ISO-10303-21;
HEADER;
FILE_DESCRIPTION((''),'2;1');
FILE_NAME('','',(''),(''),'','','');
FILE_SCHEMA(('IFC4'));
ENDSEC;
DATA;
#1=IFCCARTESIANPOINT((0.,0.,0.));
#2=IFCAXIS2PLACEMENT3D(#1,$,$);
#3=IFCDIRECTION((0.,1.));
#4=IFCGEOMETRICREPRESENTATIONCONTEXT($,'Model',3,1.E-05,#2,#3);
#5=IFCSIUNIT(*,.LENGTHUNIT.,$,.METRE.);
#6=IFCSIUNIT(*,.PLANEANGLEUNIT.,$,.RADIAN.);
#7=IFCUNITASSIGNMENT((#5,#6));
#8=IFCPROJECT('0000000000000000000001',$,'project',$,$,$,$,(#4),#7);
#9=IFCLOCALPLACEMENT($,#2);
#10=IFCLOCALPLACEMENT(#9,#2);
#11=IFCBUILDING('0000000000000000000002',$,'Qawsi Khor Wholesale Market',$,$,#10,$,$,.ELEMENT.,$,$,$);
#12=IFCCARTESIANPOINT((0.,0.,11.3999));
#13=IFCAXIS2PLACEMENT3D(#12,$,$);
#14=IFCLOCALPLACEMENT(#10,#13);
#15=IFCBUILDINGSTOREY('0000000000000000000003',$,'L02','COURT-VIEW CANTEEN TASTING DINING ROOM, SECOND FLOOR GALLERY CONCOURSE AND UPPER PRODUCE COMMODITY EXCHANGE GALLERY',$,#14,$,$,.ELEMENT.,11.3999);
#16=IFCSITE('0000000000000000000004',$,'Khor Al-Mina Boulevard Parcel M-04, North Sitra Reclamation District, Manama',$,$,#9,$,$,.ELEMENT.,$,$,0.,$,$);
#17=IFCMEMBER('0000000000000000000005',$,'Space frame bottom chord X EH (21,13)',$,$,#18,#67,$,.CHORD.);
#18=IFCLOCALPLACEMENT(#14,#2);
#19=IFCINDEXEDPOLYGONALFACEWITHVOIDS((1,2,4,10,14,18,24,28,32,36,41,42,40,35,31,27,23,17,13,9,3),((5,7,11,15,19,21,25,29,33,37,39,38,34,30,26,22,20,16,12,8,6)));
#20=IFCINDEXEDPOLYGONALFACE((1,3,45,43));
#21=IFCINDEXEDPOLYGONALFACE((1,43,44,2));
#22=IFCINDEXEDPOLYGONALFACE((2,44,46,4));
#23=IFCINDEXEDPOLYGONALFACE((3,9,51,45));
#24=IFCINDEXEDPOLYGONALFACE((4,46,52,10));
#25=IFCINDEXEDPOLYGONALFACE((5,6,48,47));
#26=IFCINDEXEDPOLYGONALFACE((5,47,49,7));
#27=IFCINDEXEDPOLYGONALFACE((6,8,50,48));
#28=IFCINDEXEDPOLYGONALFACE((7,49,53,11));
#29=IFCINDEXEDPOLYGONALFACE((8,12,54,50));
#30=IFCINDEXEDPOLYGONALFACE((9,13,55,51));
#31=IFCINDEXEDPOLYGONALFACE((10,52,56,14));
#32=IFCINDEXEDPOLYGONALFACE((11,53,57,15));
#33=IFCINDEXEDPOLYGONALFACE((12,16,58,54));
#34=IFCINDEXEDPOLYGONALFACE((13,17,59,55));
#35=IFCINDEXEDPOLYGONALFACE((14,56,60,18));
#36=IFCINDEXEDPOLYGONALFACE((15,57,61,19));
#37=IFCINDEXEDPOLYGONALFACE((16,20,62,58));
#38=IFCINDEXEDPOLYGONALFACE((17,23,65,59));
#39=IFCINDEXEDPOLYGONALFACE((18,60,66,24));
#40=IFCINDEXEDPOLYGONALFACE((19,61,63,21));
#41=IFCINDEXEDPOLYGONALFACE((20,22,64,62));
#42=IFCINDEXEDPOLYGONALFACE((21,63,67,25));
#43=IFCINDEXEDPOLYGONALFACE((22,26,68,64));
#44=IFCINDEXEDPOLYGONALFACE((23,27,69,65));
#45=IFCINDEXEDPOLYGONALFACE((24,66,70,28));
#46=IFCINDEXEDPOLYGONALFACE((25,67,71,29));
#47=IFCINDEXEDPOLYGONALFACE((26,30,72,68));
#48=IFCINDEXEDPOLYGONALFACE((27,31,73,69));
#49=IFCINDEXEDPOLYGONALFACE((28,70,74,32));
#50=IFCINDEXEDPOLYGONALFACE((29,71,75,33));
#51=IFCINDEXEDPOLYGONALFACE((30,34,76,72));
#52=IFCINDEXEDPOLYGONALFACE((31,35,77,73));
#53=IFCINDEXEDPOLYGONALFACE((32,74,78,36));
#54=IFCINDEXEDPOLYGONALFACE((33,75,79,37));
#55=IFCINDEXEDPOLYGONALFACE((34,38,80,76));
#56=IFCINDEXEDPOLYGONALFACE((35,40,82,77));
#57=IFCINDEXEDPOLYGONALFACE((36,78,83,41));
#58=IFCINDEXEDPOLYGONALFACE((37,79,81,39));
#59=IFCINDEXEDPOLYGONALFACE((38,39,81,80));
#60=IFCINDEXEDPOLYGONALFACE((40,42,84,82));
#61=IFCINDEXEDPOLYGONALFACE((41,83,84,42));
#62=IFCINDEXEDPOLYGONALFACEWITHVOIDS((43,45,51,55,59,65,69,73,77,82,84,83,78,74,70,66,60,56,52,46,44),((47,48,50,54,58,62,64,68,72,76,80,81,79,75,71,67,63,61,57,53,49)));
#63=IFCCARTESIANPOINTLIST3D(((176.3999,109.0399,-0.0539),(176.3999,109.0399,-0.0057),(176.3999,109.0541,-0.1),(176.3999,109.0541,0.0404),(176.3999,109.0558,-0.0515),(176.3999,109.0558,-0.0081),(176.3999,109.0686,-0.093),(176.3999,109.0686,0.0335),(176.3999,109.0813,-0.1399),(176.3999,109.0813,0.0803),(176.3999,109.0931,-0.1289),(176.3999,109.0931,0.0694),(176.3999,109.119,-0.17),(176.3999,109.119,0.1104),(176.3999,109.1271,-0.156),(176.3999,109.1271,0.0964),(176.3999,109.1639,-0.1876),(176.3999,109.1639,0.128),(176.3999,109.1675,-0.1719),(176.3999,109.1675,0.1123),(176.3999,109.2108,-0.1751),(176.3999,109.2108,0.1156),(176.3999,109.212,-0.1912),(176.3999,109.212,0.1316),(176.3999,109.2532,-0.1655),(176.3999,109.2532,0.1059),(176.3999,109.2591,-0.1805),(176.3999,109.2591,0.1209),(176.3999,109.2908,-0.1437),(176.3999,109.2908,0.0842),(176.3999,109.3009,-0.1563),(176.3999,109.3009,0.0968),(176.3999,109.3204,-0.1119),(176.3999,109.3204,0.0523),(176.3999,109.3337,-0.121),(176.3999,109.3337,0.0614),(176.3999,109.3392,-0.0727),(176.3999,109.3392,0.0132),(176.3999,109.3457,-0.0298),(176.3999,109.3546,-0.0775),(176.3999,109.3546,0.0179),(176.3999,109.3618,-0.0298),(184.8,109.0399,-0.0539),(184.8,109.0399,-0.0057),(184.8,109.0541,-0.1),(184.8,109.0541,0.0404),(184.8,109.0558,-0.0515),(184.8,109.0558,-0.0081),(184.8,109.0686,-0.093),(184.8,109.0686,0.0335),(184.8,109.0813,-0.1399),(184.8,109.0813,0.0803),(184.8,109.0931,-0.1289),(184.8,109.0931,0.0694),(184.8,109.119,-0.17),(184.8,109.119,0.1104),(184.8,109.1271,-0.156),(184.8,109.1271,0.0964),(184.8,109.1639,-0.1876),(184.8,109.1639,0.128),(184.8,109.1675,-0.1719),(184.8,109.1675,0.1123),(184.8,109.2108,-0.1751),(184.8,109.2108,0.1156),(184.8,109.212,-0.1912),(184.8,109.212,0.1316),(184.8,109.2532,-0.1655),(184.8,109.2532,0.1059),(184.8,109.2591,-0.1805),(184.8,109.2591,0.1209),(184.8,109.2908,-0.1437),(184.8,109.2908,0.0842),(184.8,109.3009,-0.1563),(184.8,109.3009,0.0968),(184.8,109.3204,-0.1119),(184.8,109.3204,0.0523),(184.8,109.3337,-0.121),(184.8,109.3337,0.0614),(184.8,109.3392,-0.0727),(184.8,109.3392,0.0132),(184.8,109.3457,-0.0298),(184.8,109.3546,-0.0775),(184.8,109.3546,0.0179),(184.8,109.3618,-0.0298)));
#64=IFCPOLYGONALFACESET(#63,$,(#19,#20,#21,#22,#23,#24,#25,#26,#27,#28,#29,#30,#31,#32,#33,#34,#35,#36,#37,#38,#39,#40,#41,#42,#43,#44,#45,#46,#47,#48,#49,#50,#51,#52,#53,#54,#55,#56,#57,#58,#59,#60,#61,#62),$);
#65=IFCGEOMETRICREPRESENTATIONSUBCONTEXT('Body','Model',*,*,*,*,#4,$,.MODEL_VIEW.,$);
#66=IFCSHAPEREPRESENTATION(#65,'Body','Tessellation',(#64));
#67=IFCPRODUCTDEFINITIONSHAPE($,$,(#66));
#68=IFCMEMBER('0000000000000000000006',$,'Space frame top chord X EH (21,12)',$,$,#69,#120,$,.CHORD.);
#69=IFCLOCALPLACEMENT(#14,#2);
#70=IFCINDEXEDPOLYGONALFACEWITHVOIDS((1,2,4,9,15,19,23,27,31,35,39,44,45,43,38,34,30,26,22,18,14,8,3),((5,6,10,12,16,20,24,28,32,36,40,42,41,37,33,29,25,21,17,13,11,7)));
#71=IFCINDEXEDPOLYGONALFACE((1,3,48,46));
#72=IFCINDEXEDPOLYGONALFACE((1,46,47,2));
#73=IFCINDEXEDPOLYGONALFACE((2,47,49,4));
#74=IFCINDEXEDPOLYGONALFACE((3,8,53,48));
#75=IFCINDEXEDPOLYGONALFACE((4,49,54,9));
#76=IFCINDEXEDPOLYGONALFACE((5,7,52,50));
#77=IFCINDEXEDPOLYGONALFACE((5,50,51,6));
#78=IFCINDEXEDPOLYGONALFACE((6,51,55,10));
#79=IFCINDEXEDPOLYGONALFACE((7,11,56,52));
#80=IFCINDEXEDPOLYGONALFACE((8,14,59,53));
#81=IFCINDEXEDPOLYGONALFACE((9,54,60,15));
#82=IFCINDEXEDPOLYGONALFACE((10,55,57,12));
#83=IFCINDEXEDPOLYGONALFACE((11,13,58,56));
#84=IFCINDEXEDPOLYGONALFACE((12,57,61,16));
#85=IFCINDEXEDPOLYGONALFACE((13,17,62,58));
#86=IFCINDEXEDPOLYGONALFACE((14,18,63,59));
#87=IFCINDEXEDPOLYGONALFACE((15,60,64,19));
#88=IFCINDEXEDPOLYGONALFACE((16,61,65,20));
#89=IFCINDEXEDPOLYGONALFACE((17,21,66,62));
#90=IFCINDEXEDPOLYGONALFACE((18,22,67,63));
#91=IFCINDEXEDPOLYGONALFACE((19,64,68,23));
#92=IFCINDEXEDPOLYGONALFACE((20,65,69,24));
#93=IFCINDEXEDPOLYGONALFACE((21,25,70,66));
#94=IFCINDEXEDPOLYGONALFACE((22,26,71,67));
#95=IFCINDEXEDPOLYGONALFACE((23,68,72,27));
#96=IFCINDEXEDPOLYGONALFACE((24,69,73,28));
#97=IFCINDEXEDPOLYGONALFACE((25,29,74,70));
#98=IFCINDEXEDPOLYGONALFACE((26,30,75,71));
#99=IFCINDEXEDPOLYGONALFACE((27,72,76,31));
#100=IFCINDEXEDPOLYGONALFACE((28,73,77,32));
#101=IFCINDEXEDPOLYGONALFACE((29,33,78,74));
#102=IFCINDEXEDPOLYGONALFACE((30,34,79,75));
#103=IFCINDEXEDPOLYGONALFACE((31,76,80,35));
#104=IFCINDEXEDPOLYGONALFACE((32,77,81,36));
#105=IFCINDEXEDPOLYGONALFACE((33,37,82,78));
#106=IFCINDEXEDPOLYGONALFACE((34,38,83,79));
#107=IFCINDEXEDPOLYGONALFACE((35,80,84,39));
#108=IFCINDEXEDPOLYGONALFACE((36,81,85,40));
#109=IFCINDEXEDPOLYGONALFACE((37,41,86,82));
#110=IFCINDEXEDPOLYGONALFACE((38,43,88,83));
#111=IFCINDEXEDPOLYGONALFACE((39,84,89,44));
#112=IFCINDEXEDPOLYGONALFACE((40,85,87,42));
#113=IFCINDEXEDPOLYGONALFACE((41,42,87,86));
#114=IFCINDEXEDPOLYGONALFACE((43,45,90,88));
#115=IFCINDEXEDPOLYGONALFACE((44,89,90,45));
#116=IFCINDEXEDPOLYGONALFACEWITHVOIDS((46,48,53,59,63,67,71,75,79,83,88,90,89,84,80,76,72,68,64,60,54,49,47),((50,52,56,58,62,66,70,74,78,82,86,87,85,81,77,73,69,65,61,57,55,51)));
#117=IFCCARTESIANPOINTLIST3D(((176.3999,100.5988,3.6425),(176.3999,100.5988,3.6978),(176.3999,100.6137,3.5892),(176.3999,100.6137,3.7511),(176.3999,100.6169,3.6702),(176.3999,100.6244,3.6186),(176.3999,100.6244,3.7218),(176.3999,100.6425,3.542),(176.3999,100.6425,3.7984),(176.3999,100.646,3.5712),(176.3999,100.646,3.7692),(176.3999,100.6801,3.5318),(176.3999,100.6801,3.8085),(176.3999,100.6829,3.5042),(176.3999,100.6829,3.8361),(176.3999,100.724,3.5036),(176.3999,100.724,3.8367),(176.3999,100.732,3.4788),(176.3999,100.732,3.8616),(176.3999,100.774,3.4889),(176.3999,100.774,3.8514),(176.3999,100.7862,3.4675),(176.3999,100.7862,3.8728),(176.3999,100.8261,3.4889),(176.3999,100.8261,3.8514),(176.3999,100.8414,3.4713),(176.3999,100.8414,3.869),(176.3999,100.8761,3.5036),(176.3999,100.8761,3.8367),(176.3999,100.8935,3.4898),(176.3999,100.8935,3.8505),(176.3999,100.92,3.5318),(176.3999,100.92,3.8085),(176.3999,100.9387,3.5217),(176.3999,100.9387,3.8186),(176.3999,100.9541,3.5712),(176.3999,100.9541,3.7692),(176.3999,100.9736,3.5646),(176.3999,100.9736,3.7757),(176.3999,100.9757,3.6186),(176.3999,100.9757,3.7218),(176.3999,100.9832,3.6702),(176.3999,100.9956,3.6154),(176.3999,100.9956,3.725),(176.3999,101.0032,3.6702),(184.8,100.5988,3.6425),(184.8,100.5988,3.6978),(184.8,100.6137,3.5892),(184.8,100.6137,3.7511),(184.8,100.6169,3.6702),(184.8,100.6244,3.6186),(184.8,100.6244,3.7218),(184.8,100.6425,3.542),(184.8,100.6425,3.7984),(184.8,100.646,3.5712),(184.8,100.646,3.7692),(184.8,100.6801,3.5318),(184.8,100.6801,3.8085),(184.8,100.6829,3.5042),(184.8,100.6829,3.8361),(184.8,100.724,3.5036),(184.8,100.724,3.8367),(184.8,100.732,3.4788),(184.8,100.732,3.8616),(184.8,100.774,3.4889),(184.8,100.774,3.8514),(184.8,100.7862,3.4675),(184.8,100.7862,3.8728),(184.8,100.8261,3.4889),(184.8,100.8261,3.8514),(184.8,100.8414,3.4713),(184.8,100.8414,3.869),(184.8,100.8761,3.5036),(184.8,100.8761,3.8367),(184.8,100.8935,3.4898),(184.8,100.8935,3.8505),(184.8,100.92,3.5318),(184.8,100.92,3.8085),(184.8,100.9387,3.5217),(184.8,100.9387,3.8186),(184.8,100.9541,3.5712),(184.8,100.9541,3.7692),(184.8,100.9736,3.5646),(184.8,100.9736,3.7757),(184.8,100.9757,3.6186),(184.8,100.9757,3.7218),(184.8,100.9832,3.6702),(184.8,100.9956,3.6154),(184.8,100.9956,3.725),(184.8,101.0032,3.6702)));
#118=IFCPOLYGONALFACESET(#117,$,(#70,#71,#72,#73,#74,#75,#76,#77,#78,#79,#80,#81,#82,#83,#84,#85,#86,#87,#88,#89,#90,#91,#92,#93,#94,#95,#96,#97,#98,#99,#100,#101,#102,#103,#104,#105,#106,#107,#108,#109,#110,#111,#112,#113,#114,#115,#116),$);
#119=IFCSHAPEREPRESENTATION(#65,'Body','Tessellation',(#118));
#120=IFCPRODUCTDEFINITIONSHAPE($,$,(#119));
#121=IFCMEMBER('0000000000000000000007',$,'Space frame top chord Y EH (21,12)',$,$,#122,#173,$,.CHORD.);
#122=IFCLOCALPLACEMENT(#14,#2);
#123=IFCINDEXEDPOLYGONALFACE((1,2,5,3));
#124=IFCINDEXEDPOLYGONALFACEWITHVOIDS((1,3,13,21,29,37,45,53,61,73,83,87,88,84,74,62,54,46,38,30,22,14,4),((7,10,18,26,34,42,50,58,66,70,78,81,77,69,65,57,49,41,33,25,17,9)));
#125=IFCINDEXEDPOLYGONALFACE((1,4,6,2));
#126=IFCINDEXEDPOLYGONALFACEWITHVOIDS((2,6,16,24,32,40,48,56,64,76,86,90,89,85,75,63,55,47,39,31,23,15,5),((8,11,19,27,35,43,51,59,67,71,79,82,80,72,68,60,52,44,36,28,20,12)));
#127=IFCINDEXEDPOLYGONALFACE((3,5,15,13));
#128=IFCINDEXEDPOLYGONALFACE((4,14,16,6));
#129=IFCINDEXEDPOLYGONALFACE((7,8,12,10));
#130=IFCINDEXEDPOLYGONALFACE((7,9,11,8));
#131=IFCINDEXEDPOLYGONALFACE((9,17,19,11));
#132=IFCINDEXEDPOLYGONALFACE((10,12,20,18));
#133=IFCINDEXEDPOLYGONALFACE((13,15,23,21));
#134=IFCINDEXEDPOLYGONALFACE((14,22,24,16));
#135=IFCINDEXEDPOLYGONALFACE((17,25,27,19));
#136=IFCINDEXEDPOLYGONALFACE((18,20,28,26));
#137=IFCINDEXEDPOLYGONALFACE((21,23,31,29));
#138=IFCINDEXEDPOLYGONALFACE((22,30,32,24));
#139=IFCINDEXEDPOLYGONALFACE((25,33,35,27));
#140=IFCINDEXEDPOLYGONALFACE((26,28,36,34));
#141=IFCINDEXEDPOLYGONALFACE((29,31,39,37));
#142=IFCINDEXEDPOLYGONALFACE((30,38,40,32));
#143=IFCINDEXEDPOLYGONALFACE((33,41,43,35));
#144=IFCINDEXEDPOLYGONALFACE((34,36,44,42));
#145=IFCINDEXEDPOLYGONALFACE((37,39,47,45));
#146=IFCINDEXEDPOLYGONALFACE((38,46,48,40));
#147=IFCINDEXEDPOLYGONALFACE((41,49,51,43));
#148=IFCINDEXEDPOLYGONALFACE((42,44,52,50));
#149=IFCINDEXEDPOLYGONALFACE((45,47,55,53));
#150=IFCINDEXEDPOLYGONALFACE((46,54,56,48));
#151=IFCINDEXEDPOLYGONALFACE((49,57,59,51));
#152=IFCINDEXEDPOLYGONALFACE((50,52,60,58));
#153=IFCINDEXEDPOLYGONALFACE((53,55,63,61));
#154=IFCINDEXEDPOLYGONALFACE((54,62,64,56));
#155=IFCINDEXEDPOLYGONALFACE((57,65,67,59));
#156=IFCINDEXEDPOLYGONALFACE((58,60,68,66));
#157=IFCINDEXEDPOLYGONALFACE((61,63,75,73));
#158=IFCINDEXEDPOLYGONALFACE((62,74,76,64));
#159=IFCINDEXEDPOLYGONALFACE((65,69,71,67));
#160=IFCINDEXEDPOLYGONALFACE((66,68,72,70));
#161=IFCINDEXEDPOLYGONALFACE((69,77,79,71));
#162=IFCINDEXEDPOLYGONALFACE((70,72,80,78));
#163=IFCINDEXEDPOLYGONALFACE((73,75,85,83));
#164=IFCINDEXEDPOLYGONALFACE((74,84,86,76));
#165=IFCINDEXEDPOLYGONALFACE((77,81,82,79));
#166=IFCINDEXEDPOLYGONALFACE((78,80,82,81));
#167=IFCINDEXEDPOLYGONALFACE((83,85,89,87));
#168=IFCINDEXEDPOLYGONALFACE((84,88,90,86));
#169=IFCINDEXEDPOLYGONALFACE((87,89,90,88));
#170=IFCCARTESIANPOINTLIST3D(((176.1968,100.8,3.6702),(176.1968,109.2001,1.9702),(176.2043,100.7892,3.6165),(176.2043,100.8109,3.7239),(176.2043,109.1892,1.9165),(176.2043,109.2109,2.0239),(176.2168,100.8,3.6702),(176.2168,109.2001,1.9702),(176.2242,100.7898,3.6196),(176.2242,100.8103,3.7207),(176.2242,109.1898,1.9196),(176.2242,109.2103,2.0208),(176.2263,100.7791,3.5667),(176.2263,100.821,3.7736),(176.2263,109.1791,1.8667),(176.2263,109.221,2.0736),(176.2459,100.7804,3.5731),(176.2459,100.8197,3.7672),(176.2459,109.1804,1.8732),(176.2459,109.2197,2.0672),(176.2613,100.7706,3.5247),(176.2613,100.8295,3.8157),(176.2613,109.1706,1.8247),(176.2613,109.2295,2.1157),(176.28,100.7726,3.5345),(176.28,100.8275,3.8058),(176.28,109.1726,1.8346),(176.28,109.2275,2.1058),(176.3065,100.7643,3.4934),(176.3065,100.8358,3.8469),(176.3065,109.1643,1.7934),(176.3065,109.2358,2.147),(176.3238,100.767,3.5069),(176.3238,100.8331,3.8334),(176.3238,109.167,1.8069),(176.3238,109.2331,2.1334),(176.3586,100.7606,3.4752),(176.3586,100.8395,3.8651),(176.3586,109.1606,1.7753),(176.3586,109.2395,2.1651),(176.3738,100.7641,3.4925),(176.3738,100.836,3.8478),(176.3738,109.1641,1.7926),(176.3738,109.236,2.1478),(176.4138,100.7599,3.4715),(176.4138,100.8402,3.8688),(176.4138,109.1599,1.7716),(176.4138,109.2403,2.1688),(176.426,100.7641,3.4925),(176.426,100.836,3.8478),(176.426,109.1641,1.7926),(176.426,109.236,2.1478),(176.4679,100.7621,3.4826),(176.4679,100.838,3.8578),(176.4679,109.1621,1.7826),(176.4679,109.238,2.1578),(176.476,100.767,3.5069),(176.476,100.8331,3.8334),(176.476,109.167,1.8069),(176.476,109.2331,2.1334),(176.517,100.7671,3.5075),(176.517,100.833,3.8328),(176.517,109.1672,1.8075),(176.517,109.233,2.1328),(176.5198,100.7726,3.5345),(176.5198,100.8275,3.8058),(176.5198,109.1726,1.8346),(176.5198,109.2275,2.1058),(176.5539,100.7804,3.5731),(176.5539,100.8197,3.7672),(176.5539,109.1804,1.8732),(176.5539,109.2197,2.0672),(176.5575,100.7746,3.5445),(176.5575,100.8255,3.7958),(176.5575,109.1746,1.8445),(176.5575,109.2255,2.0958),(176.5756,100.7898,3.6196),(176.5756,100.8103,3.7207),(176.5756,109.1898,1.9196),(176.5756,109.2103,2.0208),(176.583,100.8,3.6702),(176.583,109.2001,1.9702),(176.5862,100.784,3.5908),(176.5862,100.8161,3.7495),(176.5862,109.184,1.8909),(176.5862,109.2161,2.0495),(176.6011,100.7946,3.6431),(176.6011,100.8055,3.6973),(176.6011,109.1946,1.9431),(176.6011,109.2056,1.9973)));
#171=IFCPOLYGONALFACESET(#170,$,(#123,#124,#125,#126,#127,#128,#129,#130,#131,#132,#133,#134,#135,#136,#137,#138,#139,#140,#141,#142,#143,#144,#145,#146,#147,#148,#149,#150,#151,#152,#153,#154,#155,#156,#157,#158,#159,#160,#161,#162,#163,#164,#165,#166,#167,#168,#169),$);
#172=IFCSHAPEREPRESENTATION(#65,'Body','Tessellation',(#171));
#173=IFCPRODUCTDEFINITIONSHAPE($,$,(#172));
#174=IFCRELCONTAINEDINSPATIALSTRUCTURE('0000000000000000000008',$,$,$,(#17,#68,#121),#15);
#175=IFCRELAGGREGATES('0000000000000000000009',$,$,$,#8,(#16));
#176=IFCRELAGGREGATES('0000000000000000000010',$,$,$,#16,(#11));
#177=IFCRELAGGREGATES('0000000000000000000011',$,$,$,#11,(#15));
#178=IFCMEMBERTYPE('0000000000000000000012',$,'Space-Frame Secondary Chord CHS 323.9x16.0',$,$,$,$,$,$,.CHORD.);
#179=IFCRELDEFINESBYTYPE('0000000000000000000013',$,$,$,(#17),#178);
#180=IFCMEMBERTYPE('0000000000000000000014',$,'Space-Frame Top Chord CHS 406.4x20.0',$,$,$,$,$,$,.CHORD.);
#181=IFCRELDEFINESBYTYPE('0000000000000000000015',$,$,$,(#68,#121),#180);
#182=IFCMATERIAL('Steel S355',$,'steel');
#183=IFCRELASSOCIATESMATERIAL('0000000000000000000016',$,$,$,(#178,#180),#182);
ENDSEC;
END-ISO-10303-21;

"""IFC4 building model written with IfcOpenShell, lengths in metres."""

from ifc_helpers import new_model, si_unit, direction, frame, origin, origin_2d, place, context, subcontext, project, spatial, hollow_circle, extrude, material, material_profile, profile_set, type_object, element, save


model = new_model("IFC4")

# Units and contexts
model_context = context("Model", 3, precision=1e-05, world=origin(), true_north=direction((0.0, 1.0)))
body_context = subcontext(model_context, "Body", "Model", "MODEL_VIEW")
ifc_project = project(units=[si_unit("LENGTHUNIT", "METRE"), si_unit("PLANEANGLEUNIT", "RADIAN")], contexts=[model_context])

# Site, building, storey
site_placement = place(None, origin())
site = spatial("IfcSite", under=ifc_project, at=site_placement, Name="Khor Al-Mina Boulevard Parcel M-04, North Sitra Reclamation District, Manama", CompositionType="ELEMENT", RefElevation=0.0)
building_placement = place(site_placement, origin())
building = spatial("IfcBuilding", under=site, at=building_placement, Name="Qawsi Khor Wholesale Market", CompositionType="ELEMENT")
storey_placement = place(building_placement, frame((0.0, 0.0, 11.3999)))
storey = spatial("IfcBuildingStorey", under=building, at=storey_placement, Name="L02", Description="COURT-VIEW CANTEEN TASTING DINING ROOM, SECOND FLOOR GALLERY CONCOURSE AND UPPER PRODUCE COMMODITY EXCHANGE GALLERY", CompositionType="ELEMENT", Elevation=11.3999)

# Members
ifc_material_1 = material(Name="Steel S355", Category="steel")
ifc_material_profile_1 = material_profile(ifc_material_1, hollow_circle(Radius=0.1619, WallThickness=0.0161, at=origin_2d()), Name="CHS 323.9x16.0")
ifc_profile_set_1 = profile_set([ifc_material_profile_1], Name="Steel S355")
member_type_1 = type_object("IfcMemberType", Name="Space-Frame Secondary Chord CHS 323.9x16.0", PredefinedType="CHORD", material=ifc_profile_set_1)
for number, where, z_axis, x_axis, name in (
    (1, (176.3999, 109.2, -0.0298), (1.0, 0.0, 0.0), (0.0, 1.0, 0.0), "Space frame bottom chord X EH (21,13)"),
):
    element("IfcMember", number, at=place(storey_placement, frame(where, z_axis=z_axis, x_axis=x_axis)), inside=storey, type_object=member_type_1, Name=name, PredefinedType="CHORD", context=body_context, shape_type="SweptSolid", body=[
        extrude(hollow_circle(Radius=0.1619, WallThickness=0.0161, at=origin_2d()), origin(), (0.0, 0.0, 1.0), 8.4001),
    ])
ifc_material_profile_2 = material_profile(ifc_material_1, hollow_circle(Radius=0.2031, WallThickness=0.02, at=origin_2d()), Name="CHS 406.4x20.0")
ifc_profile_set_2 = profile_set([ifc_material_profile_2], Name="Steel S355")
member_type_2 = type_object("IfcMemberType", Name="Space-Frame Top Chord CHS 406.4x20.0", PredefinedType="CHORD", material=ifc_profile_set_2)
member_1_placement = place(storey_placement, frame((176.3999, 100.8, 3.6702), z_axis=(1.0, 0.0, 0.0), x_axis=(0.0, 1.0, 0.0)))
element("IfcMember", 2, at=member_1_placement, inside=storey, type_object=member_type_2, Name="Space frame top chord X EH (21,12)", PredefinedType="CHORD", context=body_context, shape_type="SweptSolid", body=[
    extrude(hollow_circle(Radius=0.2031, WallThickness=0.02, at=origin_2d()), origin(), (0.0, 0.0, 1.0), 8.4001),
])
member_2_placement = place(storey_placement, frame((176.3999, 100.8, 3.6702), z_axis=(0.0, 0.98013, -0.198356), x_axis=(-1.0, 0.0, 0.0)))
element("IfcMember", 3, at=member_2_placement, inside=storey, type_object=member_type_2, Name="Space frame top chord Y EH (21,12)", PredefinedType="CHORD", context=body_context, shape_type="SweptSolid", body=[
    extrude(hollow_circle(Radius=0.2031, WallThickness=0.02, at=origin_2d()), origin(), (0.0, 0.0, 1.0), 8.5703),
])

save(model, "model.ifc")
